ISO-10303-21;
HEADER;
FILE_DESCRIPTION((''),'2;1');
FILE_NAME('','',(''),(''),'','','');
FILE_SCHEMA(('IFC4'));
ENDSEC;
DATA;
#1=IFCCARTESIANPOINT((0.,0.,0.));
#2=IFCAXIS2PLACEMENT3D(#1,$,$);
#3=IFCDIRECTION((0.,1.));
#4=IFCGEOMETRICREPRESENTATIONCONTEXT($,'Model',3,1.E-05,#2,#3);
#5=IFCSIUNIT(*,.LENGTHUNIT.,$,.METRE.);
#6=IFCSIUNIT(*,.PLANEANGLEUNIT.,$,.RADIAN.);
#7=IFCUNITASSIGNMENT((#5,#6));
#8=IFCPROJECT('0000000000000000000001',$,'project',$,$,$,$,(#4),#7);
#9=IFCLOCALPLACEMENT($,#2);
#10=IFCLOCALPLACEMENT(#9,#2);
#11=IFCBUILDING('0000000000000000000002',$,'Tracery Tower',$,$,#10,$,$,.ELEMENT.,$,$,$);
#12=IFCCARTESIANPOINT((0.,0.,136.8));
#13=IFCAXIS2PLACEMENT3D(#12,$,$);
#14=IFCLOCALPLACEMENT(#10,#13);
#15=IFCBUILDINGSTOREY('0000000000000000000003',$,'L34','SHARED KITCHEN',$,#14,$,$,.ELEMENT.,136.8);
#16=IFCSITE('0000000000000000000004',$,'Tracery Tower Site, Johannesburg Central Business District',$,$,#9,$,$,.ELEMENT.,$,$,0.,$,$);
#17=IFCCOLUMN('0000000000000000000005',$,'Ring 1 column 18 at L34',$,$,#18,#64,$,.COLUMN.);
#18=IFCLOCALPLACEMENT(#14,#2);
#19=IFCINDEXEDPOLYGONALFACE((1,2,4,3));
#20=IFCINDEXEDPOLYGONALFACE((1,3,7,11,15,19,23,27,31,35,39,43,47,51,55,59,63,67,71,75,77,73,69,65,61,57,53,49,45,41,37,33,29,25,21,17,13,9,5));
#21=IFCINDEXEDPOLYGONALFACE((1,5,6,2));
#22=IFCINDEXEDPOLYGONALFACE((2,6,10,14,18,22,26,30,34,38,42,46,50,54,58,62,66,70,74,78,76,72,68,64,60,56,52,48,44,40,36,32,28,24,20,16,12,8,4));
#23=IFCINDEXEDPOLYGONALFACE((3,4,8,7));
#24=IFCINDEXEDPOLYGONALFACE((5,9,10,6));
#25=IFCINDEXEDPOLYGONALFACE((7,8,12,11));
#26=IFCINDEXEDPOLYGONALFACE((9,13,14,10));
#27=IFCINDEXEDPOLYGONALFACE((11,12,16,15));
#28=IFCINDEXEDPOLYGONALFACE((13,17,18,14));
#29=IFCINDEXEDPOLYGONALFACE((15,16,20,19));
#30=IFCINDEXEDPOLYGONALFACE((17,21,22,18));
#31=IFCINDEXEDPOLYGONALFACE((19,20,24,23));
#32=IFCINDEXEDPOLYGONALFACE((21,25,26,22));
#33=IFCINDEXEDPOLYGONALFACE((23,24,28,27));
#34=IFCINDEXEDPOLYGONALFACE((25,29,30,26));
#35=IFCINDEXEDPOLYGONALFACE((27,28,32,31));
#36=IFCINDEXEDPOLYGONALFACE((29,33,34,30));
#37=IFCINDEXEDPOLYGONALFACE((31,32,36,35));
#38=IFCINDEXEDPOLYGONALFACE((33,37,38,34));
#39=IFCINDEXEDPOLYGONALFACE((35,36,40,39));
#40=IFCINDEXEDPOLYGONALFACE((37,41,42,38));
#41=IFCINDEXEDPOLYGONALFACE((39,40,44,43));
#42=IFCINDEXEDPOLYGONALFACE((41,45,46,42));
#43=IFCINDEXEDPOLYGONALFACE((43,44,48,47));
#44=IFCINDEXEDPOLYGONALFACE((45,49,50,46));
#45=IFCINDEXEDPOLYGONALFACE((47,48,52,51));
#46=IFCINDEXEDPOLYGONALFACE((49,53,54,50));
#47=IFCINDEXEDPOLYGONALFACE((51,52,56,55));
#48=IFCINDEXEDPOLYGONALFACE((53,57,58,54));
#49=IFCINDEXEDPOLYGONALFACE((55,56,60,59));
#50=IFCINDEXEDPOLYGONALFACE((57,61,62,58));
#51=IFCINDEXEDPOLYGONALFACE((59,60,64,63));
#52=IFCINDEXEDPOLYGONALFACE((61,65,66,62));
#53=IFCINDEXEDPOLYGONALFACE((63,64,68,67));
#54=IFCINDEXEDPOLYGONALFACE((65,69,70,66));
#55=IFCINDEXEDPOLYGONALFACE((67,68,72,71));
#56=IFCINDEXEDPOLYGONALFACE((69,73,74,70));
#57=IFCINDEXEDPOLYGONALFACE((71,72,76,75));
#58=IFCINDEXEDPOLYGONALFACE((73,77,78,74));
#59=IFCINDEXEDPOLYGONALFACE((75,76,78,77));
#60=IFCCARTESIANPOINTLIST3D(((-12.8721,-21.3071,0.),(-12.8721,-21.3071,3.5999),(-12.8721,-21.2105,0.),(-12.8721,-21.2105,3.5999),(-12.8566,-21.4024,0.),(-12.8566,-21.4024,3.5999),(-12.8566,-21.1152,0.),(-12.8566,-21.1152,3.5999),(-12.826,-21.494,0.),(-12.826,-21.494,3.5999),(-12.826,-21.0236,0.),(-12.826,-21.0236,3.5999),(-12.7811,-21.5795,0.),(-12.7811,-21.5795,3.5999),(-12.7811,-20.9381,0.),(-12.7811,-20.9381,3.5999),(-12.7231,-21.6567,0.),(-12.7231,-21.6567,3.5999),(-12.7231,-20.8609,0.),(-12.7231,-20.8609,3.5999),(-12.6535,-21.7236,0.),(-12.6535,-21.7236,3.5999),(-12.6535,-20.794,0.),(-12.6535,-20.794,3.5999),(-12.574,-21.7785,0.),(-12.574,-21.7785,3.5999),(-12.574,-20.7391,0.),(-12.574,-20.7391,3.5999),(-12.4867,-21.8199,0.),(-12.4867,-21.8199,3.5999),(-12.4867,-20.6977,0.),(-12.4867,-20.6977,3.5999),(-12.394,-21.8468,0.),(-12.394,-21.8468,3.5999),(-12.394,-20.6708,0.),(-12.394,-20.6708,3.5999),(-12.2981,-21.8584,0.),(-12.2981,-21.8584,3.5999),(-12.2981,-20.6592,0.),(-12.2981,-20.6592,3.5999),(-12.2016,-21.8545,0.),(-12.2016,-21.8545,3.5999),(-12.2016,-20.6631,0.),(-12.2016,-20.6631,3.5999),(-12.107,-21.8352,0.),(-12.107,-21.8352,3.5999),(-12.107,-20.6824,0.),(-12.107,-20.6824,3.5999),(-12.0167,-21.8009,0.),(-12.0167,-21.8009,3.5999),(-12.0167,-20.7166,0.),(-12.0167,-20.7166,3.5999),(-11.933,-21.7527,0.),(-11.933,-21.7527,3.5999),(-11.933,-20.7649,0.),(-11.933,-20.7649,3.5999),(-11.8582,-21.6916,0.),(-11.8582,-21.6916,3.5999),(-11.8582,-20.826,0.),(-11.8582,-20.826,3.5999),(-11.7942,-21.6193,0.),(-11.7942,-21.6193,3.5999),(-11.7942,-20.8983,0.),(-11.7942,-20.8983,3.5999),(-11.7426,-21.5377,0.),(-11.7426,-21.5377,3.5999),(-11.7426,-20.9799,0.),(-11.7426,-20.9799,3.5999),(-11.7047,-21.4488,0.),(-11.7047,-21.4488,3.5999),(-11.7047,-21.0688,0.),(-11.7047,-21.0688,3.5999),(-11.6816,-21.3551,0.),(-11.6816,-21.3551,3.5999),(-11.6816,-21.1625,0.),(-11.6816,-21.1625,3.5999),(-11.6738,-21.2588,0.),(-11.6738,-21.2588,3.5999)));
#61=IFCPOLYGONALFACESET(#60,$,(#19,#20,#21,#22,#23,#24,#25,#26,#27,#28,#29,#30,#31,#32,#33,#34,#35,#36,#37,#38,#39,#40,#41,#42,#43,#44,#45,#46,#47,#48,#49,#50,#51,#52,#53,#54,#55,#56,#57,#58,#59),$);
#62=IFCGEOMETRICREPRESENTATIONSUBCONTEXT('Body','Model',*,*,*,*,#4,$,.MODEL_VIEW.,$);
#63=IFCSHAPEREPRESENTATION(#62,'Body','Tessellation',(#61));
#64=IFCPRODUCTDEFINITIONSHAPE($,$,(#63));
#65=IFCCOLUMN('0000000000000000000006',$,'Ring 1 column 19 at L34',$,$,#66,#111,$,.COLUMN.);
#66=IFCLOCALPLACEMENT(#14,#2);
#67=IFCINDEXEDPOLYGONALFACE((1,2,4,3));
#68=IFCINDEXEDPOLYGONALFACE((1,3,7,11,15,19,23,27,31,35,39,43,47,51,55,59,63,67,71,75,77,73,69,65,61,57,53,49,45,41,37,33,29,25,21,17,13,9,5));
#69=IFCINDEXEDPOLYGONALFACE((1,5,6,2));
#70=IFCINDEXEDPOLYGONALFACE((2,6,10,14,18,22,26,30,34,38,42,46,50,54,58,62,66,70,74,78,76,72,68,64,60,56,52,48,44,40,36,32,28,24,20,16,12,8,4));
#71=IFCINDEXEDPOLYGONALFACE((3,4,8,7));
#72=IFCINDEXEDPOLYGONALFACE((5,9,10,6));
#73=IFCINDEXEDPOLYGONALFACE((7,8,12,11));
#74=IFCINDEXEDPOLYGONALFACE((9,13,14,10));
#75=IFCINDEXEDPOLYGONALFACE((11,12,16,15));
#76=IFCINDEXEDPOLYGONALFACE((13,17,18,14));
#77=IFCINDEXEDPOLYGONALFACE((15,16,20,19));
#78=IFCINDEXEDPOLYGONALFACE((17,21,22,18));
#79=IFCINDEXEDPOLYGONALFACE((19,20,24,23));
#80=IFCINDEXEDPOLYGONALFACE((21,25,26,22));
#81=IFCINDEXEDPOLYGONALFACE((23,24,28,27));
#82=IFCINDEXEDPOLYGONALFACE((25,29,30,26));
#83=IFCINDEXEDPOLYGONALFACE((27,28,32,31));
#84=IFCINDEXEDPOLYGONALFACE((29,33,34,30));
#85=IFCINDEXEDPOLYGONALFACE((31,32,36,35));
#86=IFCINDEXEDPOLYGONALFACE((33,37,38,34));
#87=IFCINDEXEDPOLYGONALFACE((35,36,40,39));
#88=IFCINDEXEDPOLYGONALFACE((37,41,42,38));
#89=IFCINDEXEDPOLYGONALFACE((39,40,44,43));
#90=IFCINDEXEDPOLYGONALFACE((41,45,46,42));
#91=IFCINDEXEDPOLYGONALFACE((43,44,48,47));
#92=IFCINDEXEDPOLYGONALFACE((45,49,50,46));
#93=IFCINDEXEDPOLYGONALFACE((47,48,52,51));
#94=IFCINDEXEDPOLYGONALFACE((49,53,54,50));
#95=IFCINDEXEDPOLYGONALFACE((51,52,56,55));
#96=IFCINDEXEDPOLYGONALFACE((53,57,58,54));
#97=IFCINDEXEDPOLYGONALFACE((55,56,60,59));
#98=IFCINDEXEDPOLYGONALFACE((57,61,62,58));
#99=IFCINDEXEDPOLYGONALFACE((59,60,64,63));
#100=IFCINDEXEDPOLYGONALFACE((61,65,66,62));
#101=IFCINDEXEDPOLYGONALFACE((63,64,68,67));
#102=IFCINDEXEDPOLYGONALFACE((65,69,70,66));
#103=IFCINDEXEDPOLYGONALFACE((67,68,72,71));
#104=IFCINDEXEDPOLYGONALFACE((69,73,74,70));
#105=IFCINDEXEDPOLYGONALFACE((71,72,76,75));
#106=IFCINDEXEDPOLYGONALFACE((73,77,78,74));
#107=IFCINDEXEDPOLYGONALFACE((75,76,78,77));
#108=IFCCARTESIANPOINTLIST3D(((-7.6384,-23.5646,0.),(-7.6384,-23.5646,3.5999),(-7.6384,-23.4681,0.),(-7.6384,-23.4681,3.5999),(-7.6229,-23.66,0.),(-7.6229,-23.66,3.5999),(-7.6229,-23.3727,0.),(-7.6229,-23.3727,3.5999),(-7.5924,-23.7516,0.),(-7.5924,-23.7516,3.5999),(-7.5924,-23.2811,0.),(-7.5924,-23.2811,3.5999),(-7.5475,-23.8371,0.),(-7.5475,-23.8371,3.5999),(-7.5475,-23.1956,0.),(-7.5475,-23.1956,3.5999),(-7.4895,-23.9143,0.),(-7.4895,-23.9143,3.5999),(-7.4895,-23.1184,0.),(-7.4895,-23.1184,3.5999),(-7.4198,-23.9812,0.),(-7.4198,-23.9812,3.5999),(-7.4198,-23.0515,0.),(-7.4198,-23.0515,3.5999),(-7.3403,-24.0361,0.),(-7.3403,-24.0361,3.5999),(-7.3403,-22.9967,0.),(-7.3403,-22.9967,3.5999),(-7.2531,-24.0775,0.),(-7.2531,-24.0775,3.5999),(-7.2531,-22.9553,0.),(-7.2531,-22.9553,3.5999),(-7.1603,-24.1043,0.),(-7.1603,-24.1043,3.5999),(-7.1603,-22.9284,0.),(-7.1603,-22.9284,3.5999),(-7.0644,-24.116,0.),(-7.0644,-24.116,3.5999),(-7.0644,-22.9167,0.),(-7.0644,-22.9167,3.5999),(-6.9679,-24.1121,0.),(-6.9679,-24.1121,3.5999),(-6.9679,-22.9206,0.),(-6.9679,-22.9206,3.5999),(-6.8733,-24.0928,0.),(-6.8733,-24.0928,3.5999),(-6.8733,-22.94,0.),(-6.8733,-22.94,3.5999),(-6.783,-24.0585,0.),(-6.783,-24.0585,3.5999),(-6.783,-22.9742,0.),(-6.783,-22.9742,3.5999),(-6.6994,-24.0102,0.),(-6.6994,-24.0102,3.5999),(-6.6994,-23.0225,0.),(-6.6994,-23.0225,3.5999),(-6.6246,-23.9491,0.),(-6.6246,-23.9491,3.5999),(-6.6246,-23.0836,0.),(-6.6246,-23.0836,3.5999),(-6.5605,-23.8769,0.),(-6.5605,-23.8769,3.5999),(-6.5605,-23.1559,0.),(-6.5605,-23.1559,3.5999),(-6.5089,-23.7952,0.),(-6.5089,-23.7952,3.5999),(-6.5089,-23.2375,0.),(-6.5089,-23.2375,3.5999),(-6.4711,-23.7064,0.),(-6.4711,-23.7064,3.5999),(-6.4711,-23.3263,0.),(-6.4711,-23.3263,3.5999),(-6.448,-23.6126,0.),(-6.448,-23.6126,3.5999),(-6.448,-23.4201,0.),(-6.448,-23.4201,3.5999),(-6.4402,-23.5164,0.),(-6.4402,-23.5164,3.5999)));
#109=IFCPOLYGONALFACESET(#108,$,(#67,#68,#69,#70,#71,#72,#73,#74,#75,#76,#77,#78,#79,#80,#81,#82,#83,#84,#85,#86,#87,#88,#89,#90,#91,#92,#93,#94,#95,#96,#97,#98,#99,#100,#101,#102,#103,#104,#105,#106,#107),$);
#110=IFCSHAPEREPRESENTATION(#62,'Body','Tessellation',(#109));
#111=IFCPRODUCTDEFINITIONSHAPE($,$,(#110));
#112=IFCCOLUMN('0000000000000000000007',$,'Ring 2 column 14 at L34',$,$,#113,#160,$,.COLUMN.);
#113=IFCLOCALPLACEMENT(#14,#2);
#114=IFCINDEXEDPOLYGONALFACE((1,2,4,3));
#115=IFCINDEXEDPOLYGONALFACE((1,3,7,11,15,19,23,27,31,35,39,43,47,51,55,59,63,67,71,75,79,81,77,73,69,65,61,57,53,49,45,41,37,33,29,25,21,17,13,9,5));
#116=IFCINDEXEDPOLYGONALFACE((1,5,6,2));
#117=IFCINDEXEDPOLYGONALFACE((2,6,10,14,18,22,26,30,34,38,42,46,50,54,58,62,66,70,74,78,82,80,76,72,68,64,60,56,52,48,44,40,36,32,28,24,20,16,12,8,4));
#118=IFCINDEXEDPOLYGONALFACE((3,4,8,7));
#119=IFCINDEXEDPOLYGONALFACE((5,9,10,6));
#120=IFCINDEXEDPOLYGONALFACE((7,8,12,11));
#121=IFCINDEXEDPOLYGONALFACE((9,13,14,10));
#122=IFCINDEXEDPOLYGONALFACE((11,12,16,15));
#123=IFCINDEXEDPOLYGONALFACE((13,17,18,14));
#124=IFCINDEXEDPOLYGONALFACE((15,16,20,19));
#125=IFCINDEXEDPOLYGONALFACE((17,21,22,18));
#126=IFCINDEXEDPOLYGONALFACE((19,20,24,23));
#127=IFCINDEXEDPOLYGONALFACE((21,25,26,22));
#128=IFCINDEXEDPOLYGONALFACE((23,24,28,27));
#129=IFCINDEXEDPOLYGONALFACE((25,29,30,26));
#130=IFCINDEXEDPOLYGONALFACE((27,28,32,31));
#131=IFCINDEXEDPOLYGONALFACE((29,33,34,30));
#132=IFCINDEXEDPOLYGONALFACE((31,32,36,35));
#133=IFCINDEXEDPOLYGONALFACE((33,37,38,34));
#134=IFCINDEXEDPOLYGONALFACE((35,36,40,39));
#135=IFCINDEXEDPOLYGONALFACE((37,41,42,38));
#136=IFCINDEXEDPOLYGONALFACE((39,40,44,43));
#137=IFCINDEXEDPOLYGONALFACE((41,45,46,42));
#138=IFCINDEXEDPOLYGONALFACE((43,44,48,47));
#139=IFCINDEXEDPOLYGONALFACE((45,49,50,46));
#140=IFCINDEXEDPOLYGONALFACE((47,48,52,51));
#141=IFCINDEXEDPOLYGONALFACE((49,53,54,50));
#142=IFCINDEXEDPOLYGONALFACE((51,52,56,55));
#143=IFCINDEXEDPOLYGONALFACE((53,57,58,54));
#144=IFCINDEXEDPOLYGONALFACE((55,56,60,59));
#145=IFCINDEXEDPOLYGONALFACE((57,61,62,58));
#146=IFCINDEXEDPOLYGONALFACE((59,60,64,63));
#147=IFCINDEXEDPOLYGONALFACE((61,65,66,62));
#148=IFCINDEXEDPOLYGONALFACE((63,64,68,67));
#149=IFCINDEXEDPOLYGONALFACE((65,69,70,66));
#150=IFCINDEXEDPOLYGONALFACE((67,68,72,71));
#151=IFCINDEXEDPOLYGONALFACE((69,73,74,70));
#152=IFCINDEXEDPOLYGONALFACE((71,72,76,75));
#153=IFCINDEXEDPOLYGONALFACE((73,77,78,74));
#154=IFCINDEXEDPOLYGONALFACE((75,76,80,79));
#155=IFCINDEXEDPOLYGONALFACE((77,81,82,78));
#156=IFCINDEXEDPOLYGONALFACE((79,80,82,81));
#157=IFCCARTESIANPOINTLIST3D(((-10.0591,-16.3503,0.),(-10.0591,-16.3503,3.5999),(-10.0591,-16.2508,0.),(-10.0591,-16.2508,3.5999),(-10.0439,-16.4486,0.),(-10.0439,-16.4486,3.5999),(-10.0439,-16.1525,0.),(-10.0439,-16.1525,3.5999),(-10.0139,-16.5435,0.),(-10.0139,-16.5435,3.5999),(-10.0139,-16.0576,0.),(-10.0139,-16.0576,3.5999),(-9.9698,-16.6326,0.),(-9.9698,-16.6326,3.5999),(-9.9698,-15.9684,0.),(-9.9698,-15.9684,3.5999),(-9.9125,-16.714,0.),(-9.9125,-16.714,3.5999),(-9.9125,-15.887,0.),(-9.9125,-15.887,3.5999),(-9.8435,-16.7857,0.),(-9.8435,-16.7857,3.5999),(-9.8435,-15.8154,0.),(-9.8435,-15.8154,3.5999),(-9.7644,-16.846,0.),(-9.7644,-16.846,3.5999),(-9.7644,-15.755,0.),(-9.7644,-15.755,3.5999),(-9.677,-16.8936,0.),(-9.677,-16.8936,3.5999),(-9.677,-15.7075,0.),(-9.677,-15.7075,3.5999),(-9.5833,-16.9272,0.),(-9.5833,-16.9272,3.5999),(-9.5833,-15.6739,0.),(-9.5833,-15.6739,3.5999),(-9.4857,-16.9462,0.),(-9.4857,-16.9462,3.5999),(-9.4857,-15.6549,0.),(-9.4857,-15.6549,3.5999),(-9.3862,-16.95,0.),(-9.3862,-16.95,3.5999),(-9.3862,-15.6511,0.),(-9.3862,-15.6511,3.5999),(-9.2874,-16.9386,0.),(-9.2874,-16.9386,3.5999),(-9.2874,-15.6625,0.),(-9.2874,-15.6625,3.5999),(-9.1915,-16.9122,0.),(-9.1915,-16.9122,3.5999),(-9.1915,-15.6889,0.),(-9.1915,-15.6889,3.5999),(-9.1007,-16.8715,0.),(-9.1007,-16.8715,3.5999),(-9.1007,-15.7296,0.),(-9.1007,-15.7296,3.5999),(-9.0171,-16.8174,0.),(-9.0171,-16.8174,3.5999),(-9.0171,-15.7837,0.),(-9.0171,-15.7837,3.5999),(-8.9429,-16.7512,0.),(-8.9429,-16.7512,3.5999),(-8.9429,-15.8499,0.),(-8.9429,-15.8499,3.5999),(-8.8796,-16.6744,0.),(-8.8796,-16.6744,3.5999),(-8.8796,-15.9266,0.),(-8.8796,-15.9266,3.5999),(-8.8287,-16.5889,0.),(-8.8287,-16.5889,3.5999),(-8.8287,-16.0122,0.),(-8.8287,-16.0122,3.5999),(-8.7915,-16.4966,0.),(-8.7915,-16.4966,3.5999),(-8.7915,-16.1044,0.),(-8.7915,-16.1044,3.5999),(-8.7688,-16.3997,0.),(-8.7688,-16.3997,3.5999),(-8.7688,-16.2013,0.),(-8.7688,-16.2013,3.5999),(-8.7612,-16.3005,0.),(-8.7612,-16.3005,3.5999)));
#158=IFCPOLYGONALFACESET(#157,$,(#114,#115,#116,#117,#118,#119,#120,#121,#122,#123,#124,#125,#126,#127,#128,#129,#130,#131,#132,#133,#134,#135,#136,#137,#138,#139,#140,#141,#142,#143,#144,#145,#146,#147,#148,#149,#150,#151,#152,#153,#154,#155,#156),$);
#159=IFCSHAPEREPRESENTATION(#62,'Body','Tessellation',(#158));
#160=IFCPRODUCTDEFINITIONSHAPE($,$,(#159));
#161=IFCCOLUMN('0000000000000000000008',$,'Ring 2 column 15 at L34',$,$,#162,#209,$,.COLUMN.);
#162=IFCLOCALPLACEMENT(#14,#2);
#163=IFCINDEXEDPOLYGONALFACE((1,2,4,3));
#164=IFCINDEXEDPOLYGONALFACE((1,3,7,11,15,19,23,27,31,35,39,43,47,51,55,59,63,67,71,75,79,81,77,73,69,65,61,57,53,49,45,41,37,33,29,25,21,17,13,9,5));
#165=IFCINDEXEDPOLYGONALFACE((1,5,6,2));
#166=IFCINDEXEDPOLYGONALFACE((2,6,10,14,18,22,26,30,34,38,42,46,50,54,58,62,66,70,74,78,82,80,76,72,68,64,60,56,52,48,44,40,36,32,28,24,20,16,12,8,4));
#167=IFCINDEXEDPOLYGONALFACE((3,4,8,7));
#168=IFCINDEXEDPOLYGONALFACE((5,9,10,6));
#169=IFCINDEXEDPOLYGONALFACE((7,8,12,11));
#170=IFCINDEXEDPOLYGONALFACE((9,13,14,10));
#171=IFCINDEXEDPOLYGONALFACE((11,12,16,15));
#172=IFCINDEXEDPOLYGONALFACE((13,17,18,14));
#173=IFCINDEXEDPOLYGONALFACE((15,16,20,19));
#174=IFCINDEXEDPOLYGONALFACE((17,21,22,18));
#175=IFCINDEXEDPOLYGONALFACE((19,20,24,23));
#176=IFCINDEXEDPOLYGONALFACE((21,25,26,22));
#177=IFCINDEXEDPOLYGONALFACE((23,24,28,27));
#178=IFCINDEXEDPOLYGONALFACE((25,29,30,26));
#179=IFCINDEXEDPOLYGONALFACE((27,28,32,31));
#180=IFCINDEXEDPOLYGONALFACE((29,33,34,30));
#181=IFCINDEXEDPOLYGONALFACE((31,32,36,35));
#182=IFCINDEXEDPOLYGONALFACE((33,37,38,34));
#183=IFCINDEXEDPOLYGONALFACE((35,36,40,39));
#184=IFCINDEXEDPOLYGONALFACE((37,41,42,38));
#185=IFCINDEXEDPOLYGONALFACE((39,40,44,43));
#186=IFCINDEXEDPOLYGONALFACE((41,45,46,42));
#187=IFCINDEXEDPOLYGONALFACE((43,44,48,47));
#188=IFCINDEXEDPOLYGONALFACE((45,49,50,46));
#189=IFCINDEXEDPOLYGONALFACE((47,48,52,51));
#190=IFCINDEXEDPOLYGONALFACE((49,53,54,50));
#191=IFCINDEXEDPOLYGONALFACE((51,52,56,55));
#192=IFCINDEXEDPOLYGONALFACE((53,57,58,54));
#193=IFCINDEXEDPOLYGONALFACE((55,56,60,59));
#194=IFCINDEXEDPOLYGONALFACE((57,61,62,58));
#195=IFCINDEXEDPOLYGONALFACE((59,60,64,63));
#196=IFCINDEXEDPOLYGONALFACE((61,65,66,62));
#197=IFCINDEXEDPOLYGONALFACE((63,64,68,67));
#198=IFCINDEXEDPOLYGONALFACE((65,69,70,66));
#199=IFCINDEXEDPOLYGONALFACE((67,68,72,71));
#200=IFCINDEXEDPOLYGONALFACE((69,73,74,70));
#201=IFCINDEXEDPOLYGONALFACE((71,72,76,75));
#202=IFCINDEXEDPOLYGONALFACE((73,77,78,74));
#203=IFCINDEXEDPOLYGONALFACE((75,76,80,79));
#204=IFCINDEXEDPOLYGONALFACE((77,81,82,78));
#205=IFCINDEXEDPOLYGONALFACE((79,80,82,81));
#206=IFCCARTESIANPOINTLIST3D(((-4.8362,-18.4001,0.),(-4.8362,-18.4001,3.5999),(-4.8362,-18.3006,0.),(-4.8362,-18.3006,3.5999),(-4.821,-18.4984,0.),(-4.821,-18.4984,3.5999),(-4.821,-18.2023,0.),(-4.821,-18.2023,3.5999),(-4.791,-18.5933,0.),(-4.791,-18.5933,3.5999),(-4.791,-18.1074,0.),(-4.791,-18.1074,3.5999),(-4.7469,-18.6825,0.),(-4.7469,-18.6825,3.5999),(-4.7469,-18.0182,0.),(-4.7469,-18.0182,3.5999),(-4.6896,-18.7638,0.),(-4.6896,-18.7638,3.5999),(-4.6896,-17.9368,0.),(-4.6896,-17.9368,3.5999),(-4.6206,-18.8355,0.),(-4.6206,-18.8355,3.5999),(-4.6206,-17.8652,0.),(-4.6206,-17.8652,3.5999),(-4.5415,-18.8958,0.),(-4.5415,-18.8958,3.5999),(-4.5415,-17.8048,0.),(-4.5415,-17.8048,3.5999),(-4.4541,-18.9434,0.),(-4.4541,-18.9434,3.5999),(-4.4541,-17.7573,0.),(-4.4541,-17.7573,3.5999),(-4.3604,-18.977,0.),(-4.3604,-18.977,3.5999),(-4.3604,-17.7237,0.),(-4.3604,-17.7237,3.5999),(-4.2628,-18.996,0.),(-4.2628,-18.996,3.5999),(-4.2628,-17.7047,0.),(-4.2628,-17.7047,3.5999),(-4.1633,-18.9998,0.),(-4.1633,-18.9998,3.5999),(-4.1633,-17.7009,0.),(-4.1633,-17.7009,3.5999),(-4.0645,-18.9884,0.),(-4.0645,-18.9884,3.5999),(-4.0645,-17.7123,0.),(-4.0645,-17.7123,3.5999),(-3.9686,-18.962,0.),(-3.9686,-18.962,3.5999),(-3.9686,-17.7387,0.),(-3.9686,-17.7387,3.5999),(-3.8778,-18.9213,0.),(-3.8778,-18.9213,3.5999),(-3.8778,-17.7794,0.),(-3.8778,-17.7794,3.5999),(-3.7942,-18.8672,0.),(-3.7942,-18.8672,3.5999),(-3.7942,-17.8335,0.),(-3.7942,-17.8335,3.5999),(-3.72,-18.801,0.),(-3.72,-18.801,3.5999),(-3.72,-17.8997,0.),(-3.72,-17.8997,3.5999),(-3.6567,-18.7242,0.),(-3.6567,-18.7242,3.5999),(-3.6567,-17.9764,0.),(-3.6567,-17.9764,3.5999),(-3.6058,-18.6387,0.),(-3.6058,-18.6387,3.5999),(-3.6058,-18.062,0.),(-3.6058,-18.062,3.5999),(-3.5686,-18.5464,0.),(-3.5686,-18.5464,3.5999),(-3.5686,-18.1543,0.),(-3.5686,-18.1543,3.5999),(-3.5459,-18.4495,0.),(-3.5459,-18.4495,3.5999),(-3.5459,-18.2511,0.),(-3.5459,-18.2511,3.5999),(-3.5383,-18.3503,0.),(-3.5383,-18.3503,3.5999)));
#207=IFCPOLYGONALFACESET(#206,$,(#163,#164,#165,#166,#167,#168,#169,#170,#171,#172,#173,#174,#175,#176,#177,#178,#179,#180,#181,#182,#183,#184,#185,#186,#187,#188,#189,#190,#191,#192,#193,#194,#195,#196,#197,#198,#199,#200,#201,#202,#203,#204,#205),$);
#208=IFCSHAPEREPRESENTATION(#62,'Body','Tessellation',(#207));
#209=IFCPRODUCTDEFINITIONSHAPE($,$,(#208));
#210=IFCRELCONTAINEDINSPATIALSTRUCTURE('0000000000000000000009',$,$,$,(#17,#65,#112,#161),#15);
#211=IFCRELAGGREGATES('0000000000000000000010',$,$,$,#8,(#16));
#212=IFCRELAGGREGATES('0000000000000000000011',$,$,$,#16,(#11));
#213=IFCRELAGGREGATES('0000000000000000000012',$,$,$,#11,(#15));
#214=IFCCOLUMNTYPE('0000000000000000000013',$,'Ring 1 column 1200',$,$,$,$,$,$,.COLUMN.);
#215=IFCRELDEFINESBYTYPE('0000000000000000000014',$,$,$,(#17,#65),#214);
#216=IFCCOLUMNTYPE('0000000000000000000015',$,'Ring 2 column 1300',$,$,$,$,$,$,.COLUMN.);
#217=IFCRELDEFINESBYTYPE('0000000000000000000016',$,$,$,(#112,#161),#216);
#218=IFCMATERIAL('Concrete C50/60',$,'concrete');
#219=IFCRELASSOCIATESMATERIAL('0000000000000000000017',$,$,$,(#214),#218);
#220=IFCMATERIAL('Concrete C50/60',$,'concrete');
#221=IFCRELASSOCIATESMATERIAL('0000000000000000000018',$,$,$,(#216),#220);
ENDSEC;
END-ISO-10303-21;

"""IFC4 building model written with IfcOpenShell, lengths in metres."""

from ifc_helpers import new_model, si_unit, direction, frame, origin, origin_2d, place, context, subcontext, project, spatial, circle, extrude, material, material_profile, profile_set, type_object, element, save


model = new_model("IFC4")

# Units and contexts
model_context = context("Model", 3, precision=1e-05, world=origin(), true_north=direction((0.0, 1.0)))
body_context = subcontext(model_context, "Body", "Model", "MODEL_VIEW")
ifc_project = project(units=[si_unit("LENGTHUNIT", "METRE"), si_unit("PLANEANGLEUNIT", "RADIAN")], contexts=[model_context])

# Site, building, storey
site_placement = place(None, origin())
site = spatial("IfcSite", under=ifc_project, at=site_placement, Name="Tracery Tower Site, Johannesburg Central Business District", CompositionType="ELEMENT", RefElevation=0.0)
building_placement = place(site_placement, origin())
building = spatial("IfcBuilding", under=site, at=building_placement, Name="Tracery Tower", CompositionType="ELEMENT")
storey_placement = place(building_placement, frame((0.0, 0.0, 136.8)))
storey = spatial("IfcBuildingStorey", under=building, at=storey_placement, Name="L34", Description="SHARED KITCHEN", CompositionType="ELEMENT", Elevation=136.8)

# Columns
ifc_material_1 = material(Name="Concrete C50/60", Category="concrete")
ifc_material_profile_1 = material_profile(ifc_material_1, circle(Radius=0.6001, at=origin_2d()), Name="RC D1200")
ifc_profile_set_1 = profile_set([ifc_material_profile_1], Name="Concrete C50/60")
column_type_1 = type_object("IfcColumnType", Name="Ring 1 column 1200", PredefinedType="COLUMN", material=ifc_profile_set_1)
for number, where, z_axis, x_axis, name in (
    (1, (-12.2739, -21.2588, 0.0), (0.0, 0.0, 1.0), (1.0, 0.0, 0.0), "Ring 1 column 18 at L34"),
    (2, (-7.0403, -23.5164, 0.0), (0.0, 0.0, 1.0), (1.0, 0.0, 0.0), "Ring 1 column 19 at L34"),
):
    element("IfcColumn", number, at=place(storey_placement, frame(where, z_axis=z_axis, x_axis=x_axis)), inside=storey, type_object=column_type_1, Name=name, PredefinedType="COLUMN", context=body_context, shape_type="SweptSolid", body=[
        extrude(circle(Radius=0.6001, at=origin_2d()), origin(), (0.0, 0.0, 1.0), 3.5999),
    ])
ifc_material_2 = material(Name="Concrete C50/60", Category="concrete")
ifc_material_profile_2 = material_profile(ifc_material_2, circle(Radius=0.6499, at=origin_2d()), Name="RC D1300")
ifc_profile_set_2 = profile_set([ifc_material_profile_2], Name="Concrete C50/60")
column_type_2 = type_object("IfcColumnType", Name="Ring 2 column 1300", PredefinedType="COLUMN", material=ifc_profile_set_2)
for number, where, z_axis, x_axis, name in (
    (3, (-9.4111, -16.3005, 0.0), (0.0, 0.0, 1.0), (1.0, 0.0, 0.0), "Ring 2 column 14 at L34"),
    (4, (-4.1882, -18.3503, 0.0), (0.0, 0.0, 1.0), (1.0, 0.0, 0.0), "Ring 2 column 15 at L34"),
):
    element("IfcColumn", number, at=place(storey_placement, frame(where, z_axis=z_axis, x_axis=x_axis)), inside=storey, type_object=column_type_2, Name=name, PredefinedType="COLUMN", context=body_context, shape_type="SweptSolid", body=[
        extrude(circle(Radius=0.6499, at=origin_2d()), origin(), (0.0, 0.0, 1.0), 3.5999),
    ])

save(model, "model.ifc")
